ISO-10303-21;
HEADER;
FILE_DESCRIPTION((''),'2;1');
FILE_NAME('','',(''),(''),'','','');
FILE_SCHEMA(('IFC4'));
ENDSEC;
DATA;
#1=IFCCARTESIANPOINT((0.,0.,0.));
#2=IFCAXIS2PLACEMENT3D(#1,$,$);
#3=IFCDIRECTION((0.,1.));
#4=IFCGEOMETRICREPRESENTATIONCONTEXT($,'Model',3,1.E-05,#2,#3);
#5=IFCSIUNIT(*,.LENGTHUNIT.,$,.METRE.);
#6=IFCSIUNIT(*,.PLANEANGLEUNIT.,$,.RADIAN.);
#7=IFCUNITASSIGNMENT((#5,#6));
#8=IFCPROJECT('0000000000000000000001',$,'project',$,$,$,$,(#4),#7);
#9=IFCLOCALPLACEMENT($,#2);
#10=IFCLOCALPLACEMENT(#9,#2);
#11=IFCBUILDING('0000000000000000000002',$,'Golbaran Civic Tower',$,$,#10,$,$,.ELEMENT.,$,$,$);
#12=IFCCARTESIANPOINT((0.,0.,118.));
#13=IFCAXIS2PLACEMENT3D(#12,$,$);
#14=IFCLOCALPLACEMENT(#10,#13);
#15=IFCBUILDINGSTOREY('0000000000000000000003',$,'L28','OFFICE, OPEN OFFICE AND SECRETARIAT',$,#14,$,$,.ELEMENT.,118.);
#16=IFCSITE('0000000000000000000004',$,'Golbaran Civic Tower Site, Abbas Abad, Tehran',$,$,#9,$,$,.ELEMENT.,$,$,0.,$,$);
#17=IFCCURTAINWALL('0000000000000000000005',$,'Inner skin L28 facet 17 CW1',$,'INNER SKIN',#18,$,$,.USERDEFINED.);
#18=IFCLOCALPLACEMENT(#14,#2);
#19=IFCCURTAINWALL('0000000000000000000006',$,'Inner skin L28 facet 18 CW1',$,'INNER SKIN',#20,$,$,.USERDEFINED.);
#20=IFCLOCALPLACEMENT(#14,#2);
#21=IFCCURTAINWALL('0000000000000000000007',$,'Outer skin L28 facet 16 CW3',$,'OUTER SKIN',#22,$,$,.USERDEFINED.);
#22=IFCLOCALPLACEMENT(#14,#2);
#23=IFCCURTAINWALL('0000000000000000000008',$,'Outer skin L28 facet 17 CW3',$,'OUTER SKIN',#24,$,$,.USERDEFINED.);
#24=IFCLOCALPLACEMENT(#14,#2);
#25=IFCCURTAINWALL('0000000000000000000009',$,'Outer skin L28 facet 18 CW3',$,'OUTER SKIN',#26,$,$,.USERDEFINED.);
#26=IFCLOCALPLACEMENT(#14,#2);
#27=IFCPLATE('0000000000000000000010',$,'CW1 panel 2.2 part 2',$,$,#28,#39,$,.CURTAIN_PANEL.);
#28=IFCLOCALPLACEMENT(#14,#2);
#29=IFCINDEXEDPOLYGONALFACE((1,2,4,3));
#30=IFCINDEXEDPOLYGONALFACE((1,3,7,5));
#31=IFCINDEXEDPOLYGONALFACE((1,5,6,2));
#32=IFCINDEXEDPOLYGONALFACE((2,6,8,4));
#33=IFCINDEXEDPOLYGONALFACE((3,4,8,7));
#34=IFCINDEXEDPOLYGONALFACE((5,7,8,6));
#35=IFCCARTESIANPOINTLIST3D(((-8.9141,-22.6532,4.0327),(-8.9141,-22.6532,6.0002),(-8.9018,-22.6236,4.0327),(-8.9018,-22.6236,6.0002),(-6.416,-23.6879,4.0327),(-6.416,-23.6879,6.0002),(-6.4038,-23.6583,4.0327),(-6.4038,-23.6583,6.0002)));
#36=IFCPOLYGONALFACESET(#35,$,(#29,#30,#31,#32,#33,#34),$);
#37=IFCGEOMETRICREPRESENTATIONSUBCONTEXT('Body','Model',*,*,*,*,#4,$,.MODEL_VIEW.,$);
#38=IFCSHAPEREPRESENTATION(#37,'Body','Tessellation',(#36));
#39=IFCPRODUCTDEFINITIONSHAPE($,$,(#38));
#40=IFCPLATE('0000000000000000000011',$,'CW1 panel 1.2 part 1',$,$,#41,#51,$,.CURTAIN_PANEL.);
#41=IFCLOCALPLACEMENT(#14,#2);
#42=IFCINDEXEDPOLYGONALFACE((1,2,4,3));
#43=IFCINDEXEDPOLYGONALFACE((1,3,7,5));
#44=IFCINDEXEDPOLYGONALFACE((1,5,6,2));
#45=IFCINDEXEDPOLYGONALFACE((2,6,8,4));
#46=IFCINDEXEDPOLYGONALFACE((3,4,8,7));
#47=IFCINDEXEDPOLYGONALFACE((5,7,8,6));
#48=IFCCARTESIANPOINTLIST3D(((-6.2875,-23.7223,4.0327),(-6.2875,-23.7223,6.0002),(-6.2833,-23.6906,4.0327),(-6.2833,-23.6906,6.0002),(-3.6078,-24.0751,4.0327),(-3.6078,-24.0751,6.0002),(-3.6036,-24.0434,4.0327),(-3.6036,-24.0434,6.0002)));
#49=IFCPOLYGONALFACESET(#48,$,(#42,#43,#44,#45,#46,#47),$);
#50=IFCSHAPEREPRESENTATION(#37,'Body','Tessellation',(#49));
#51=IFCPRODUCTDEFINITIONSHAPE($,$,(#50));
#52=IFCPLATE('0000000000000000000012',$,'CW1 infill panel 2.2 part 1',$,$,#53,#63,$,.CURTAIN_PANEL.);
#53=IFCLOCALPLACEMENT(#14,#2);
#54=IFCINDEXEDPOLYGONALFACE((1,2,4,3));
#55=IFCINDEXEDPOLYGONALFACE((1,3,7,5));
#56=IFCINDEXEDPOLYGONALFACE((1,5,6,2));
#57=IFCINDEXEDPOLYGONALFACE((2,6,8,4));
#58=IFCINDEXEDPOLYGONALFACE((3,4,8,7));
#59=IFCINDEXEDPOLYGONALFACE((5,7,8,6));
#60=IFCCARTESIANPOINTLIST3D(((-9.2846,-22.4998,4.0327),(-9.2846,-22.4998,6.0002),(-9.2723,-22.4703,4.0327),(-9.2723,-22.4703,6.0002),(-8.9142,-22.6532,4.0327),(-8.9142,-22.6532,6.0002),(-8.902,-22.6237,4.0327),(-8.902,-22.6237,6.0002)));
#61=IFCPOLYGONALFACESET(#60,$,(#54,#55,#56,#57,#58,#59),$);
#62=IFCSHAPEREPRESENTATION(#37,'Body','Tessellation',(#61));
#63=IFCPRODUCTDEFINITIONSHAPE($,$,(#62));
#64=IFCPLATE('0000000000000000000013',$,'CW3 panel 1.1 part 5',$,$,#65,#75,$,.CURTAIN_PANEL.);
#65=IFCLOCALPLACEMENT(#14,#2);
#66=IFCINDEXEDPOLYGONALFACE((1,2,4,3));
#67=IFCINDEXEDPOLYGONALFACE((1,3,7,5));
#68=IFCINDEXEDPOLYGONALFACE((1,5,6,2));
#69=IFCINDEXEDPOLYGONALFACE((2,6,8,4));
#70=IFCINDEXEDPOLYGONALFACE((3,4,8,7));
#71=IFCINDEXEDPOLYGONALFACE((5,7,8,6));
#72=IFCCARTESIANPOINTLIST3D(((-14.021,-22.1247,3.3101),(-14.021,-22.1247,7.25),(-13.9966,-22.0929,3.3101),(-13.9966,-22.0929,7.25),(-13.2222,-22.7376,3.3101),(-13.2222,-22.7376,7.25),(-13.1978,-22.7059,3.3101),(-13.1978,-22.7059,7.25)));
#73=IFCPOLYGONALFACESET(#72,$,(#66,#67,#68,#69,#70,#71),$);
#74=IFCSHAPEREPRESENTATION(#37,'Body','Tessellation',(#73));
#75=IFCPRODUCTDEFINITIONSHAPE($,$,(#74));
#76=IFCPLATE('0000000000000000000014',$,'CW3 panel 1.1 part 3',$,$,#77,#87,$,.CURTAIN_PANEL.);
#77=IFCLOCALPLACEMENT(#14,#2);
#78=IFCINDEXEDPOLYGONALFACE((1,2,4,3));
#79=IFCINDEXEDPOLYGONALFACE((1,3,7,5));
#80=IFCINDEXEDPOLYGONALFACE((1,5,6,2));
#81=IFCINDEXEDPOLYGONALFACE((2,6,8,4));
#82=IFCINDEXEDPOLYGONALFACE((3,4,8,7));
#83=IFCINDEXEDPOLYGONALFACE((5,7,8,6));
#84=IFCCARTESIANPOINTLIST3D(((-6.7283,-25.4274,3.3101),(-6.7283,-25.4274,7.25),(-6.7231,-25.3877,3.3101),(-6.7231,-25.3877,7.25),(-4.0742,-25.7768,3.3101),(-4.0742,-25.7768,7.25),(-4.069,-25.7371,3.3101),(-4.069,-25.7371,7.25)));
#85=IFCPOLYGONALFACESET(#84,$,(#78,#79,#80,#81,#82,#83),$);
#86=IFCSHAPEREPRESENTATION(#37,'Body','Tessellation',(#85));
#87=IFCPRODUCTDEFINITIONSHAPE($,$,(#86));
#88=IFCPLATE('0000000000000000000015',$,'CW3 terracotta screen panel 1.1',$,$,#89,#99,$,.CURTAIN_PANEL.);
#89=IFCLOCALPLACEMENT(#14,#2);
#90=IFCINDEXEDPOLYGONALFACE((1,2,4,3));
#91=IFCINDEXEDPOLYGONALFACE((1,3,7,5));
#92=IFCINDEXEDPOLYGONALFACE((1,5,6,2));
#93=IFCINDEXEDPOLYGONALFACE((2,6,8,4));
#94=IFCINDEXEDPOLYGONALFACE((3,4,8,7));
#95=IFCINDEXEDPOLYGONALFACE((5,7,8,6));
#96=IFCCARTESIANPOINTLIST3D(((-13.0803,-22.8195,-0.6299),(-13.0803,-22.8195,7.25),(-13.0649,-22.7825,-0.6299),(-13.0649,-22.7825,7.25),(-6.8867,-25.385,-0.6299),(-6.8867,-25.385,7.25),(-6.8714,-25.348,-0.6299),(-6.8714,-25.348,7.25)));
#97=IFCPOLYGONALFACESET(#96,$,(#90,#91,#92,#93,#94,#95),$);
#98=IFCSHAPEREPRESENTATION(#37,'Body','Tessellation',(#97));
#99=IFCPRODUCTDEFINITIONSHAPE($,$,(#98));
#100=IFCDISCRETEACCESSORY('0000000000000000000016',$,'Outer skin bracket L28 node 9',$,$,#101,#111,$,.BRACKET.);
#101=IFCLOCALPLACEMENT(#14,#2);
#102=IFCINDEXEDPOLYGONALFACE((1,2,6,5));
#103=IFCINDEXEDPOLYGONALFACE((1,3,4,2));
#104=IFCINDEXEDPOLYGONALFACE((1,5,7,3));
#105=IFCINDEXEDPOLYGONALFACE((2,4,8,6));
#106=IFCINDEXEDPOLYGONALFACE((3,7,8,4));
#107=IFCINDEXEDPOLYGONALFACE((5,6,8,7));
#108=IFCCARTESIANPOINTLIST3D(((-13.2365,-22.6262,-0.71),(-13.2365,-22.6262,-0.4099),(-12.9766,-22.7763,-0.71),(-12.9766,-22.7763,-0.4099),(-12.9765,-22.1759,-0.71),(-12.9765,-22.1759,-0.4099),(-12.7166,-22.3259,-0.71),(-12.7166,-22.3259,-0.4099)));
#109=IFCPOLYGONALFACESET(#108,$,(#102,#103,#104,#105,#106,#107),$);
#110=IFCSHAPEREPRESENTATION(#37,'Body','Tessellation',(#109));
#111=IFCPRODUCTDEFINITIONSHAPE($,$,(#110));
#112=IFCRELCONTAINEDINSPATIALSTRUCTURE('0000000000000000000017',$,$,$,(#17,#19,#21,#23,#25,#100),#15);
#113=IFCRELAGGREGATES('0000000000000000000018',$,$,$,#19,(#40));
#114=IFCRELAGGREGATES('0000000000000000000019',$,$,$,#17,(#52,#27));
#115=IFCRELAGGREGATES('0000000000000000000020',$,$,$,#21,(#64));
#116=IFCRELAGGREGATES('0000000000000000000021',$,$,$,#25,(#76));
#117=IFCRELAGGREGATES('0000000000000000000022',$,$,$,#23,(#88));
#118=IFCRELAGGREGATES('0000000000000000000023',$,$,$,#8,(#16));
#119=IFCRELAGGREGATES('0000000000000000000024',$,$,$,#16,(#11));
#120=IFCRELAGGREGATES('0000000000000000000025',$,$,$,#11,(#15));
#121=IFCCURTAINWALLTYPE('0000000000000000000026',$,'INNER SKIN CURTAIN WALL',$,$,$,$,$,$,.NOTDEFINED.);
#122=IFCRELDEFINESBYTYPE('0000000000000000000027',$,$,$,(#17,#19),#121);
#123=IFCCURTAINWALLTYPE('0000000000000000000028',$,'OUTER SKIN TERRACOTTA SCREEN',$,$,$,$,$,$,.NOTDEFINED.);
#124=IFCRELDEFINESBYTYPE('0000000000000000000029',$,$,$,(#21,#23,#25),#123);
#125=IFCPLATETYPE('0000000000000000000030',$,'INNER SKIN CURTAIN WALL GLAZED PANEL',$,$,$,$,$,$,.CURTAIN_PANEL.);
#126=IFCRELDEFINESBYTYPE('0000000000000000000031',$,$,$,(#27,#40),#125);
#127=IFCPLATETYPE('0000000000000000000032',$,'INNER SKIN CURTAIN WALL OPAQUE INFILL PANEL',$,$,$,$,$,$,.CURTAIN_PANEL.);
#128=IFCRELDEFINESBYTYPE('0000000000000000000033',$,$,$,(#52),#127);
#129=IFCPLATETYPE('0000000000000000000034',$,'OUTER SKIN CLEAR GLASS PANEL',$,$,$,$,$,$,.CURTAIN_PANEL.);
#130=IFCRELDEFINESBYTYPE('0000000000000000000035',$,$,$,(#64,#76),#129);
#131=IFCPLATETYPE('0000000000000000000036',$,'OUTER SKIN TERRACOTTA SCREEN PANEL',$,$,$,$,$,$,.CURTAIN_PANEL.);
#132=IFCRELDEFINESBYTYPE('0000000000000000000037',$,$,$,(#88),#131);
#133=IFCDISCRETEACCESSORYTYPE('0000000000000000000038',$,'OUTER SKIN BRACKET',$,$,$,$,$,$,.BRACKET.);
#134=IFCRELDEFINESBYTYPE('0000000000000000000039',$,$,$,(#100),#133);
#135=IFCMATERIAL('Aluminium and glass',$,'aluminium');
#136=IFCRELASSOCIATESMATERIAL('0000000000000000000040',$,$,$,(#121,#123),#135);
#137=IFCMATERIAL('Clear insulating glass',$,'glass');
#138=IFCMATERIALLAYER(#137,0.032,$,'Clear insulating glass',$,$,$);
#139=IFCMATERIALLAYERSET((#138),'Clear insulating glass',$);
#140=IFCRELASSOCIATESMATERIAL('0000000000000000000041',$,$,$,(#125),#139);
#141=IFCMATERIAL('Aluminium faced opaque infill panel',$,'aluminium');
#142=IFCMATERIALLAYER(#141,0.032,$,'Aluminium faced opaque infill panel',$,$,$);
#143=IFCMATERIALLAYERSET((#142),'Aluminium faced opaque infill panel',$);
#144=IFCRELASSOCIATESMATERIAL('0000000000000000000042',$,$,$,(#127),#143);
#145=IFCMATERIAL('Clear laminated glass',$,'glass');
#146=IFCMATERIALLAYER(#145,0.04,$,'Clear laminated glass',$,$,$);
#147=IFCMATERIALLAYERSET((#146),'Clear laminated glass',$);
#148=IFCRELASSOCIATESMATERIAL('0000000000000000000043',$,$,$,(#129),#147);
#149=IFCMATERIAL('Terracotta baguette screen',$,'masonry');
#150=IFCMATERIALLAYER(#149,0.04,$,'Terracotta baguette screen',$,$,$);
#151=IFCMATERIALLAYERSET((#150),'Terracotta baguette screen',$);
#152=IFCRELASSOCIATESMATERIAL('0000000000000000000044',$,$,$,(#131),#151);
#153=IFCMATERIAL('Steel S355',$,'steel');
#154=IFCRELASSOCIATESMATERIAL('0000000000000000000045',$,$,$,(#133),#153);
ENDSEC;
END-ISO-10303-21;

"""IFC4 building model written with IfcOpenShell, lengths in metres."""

from ifc_helpers import new_model, si_unit, direction, frame, origin, origin_2d, place, context, subcontext, project, spatial, rectangle, extrude, material, layer, layer_set, type_object, element, aggregate, save


model = new_model("IFC4")

# Units and contexts
model_context = context("Model", 3, precision=1e-05, world=origin(), true_north=direction((0.0, 1.0)))
body_context = subcontext(model_context, "Body", "Model", "MODEL_VIEW")
ifc_project = project(units=[si_unit("LENGTHUNIT", "METRE"), si_unit("PLANEANGLEUNIT", "RADIAN")], contexts=[model_context])

# Site, building, storey
site_placement = place(None, origin())
site = spatial("IfcSite", under=ifc_project, at=site_placement, Name="Golbaran Civic Tower Site, Abbas Abad, Tehran", CompositionType="ELEMENT", RefElevation=0.0)
building_placement = place(site_placement, origin())
building = spatial("IfcBuilding", under=site, at=building_placement, Name="Golbaran Civic Tower", CompositionType="ELEMENT")
storey_placement = place(building_placement, frame((0.0, 0.0, 118.0)))
storey = spatial("IfcBuildingStorey", under=building, at=storey_placement, Name="L28", Description="OFFICE, OPEN OFFICE AND SECRETARIAT", CompositionType="ELEMENT", Elevation=118.0)

# Curtain wall
ifc_material_1 = material(Name="Aluminium and glass", Category="aluminium")
curtain_wall_type_1 = type_object("IfcCurtainWallType", Name="INNER SKIN CURTAIN WALL", PredefinedType="NOTDEFINED", material=ifc_material_1)
curtain_wall_1_placement = place(storey_placement, origin())
curtain_wall_1 = element("IfcCurtainWall", 1, at=curtain_wall_1_placement, inside=storey, type_object=curtain_wall_type_1, Name="Inner skin L28 facet 17 CW1", ObjectType="INNER SKIN", PredefinedType="USERDEFINED")

# Curtain wall
curtain_wall_2_placement = place(storey_placement, origin())
curtain_wall_2 = element("IfcCurtainWall", 2, at=curtain_wall_2_placement, inside=storey, type_object=curtain_wall_type_1, Name="Inner skin L28 facet 18 CW1", ObjectType="INNER SKIN", PredefinedType="USERDEFINED")

# Curtain wall
curtain_wall_type_2 = type_object("IfcCurtainWallType", Name="OUTER SKIN TERRACOTTA SCREEN", PredefinedType="NOTDEFINED", material=ifc_material_1)
curtain_wall_3_placement = place(storey_placement, origin())
curtain_wall_3 = element("IfcCurtainWall", 3, at=curtain_wall_3_placement, inside=storey, type_object=curtain_wall_type_2, Name="Outer skin L28 facet 16 CW3", ObjectType="OUTER SKIN", PredefinedType="USERDEFINED")

# Curtain wall
curtain_wall_4_placement = place(storey_placement, origin())
curtain_wall_4 = element("IfcCurtainWall", 4, at=curtain_wall_4_placement, inside=storey, type_object=curtain_wall_type_2, Name="Outer skin L28 facet 17 CW3", ObjectType="OUTER SKIN", PredefinedType="USERDEFINED")

# Curtain wall
curtain_wall_5_placement = place(storey_placement, origin())
curtain_wall_5 = element("IfcCurtainWall", 5, at=curtain_wall_5_placement, inside=storey, type_object=curtain_wall_type_2, Name="Outer skin L28 facet 18 CW3", ObjectType="OUTER SKIN", PredefinedType="USERDEFINED")

# Plates
ifc_material_2 = material(Name="Clear insulating glass", Category="glass")
ifc_layer_1 = layer(ifc_material_2, 0.032, Name="Clear insulating glass")
ifc_layer_set_1 = layer_set([ifc_layer_1], Name="Clear insulating glass")
plate_type_1 = type_object("IfcPlateType", Name="INNER SKIN CURTAIN WALL GLAZED PANEL", PredefinedType="CURTAIN_PANEL", material=ifc_layer_set_1)
plate_1_placement = place(storey_placement, frame((-7.6589, -23.1558, 4.0327), z_axis=(0.0, 0.0, 1.0), x_axis=(0.92388, -0.382683, 0.0)))
plate_1 = element("IfcPlate", 6, at=plate_1_placement, type_object=plate_type_1, Name="CW1 panel 2.2 part 2", PredefinedType="CURTAIN_PANEL", context=body_context, shape_type="SweptSolid", body=[
    extrude(rectangle(XDim=2.7039, YDim=0.032, at=origin_2d()), origin(), (0.0, 0.0, 1.0), 1.9675),
])
plate_2_placement = place(storey_placement, frame((-4.9456, -23.8828, 4.0327), z_axis=(0.0, 0.0, 1.0), x_axis=(0.991445, -0.130526, 0.0)))
plate_2 = element("IfcPlate", 7, at=plate_2_placement, type_object=plate_type_1, Name="CW1 panel 1.2 part 1", PredefinedType="CURTAIN_PANEL", context=body_context, shape_type="SweptSolid", body=[
    extrude(rectangle(XDim=2.7029, YDim=0.032, at=origin_2d()), origin(), (0.0, 0.0, 1.0), 1.9675),
])
aggregate(curtain_wall_2, [plate_2])
ifc_material_3 = material(Name="Aluminium faced opaque infill panel", Category="aluminium")
ifc_layer_2 = layer(ifc_material_3, 0.032, Name="Aluminium faced opaque infill panel")
ifc_layer_set_2 = layer_set([ifc_layer_2], Name="Aluminium faced opaque infill panel")
plate_type_2 = type_object("IfcPlateType", Name="INNER SKIN CURTAIN WALL OPAQUE INFILL PANEL", PredefinedType="CURTAIN_PANEL", material=ifc_layer_set_2)
plate_3_placement = place(storey_placement, frame((-9.0933, -22.5618, 4.0327), z_axis=(0.0, 0.0, 1.0), x_axis=(0.92388, -0.382683, 0.0)))
plate_3 = element("IfcPlate", 8, at=plate_3_placement, type_object=plate_type_2, Name="CW1 infill panel 2.2 part 1", PredefinedType="CURTAIN_PANEL", context=body_context, shape_type="SweptSolid", body=[
    extrude(rectangle(XDim=0.4009, YDim=0.032, at=origin_2d()), origin(), (0.0, 0.0, 1.0), 1.9675),
])
aggregate(curtain_wall_1, [plate_3, plate_1])
ifc_material_4 = material(Name="Clear laminated glass", Category="glass")
ifc_layer_3 = layer(ifc_material_4, 0.04, Name="Clear laminated glass")
ifc_layer_set_3 = layer_set([ifc_layer_3], Name="Clear laminated glass")
plate_type_3 = type_object("IfcPlateType", Name="OUTER SKIN CLEAR GLASS PANEL", PredefinedType="CURTAIN_PANEL", material=ifc_layer_set_3)
plate_4_placement = place(storey_placement, frame((-13.6094, -22.4153, 3.3101), z_axis=(0.0, 0.0, 1.0), x_axis=(0.793353, -0.608761, 0.0)))
plate_4 = element("IfcPlate", 9, at=plate_4_placement, type_object=plate_type_3, Name="CW3 panel 1.1 part 5", PredefinedType="CURTAIN_PANEL", context=body_context, shape_type="SweptSolid", body=[
    extrude(rectangle(XDim=1.0068, YDim=0.04, at=origin_2d()), origin(), (0.0, 0.0, 1.0), 3.9399),
])
aggregate(curtain_wall_3, [plate_4])
plate_5_placement = place(storey_placement, frame((-5.3987, -25.5823, 3.3101), z_axis=(0.0, 0.0, 1.0), x_axis=(0.991445, -0.130526, 0.0)))
plate_5 = element("IfcPlate", 10, at=plate_5_placement, type_object=plate_type_3, Name="CW3 panel 1.1 part 3", PredefinedType="CURTAIN_PANEL", context=body_context, shape_type="SweptSolid", body=[
    extrude(rectangle(XDim=2.677, YDim=0.04, at=origin_2d()), origin(), (0.0, 0.0, 1.0), 3.9399),
])
aggregate(curtain_wall_5, [plate_5])
ifc_material_5 = material(Name="Terracotta baguette screen", Category="masonry")
ifc_layer_4 = layer(ifc_material_5, 0.04, Name="Terracotta baguette screen")
ifc_layer_set_4 = layer_set([ifc_layer_4], Name="Terracotta baguette screen")
plate_type_4 = type_object("IfcPlateType", Name="OUTER SKIN TERRACOTTA SCREEN PANEL", PredefinedType="CURTAIN_PANEL", material=ifc_layer_set_4)
plate_6_placement = place(storey_placement, frame((-9.9758, -24.0837, -0.6299), z_axis=(0.0, 0.0, 1.0), x_axis=(0.92388, -0.382683, 0.0)))
plate_6 = element("IfcPlate", 11, at=plate_6_placement, type_object=plate_type_4, Name="CW3 terracotta screen panel 1.1", PredefinedType="CURTAIN_PANEL", context=body_context, shape_type="SweptSolid", body=[
    extrude(rectangle(XDim=6.7039, YDim=0.04, at=origin_2d()), origin(), (0.0, 0.0, 1.0), 7.8799),
])
aggregate(curtain_wall_4, [plate_6])

# Discrete accessory
ifc_material_6 = material(Name="Steel S355", Category="steel")
discrete_accessory_type = type_object("IfcDiscreteAccessoryType", Name="OUTER SKIN BRACKET", PredefinedType="BRACKET", material=ifc_material_6)
discrete_accessory_placement = place(storey_placement, frame((-12.9766, -22.4761, -0.71), z_axis=(0.0, 0.0, 1.0), x_axis=(-0.5, -0.866025, 0.0)))
element("IfcDiscreteAccessory", 12, at=discrete_accessory_placement, inside=storey, type_object=discrete_accessory_type, Name="Outer skin bracket L28 node 9", PredefinedType="BRACKET", context=body_context, shape_type="SweptSolid", body=[
    extrude(rectangle(XDim=0.52, YDim=0.3, at=origin_2d()), origin(), (0.0, 0.0, 1.0), 0.3),
])

save(model, "model.ifc")
